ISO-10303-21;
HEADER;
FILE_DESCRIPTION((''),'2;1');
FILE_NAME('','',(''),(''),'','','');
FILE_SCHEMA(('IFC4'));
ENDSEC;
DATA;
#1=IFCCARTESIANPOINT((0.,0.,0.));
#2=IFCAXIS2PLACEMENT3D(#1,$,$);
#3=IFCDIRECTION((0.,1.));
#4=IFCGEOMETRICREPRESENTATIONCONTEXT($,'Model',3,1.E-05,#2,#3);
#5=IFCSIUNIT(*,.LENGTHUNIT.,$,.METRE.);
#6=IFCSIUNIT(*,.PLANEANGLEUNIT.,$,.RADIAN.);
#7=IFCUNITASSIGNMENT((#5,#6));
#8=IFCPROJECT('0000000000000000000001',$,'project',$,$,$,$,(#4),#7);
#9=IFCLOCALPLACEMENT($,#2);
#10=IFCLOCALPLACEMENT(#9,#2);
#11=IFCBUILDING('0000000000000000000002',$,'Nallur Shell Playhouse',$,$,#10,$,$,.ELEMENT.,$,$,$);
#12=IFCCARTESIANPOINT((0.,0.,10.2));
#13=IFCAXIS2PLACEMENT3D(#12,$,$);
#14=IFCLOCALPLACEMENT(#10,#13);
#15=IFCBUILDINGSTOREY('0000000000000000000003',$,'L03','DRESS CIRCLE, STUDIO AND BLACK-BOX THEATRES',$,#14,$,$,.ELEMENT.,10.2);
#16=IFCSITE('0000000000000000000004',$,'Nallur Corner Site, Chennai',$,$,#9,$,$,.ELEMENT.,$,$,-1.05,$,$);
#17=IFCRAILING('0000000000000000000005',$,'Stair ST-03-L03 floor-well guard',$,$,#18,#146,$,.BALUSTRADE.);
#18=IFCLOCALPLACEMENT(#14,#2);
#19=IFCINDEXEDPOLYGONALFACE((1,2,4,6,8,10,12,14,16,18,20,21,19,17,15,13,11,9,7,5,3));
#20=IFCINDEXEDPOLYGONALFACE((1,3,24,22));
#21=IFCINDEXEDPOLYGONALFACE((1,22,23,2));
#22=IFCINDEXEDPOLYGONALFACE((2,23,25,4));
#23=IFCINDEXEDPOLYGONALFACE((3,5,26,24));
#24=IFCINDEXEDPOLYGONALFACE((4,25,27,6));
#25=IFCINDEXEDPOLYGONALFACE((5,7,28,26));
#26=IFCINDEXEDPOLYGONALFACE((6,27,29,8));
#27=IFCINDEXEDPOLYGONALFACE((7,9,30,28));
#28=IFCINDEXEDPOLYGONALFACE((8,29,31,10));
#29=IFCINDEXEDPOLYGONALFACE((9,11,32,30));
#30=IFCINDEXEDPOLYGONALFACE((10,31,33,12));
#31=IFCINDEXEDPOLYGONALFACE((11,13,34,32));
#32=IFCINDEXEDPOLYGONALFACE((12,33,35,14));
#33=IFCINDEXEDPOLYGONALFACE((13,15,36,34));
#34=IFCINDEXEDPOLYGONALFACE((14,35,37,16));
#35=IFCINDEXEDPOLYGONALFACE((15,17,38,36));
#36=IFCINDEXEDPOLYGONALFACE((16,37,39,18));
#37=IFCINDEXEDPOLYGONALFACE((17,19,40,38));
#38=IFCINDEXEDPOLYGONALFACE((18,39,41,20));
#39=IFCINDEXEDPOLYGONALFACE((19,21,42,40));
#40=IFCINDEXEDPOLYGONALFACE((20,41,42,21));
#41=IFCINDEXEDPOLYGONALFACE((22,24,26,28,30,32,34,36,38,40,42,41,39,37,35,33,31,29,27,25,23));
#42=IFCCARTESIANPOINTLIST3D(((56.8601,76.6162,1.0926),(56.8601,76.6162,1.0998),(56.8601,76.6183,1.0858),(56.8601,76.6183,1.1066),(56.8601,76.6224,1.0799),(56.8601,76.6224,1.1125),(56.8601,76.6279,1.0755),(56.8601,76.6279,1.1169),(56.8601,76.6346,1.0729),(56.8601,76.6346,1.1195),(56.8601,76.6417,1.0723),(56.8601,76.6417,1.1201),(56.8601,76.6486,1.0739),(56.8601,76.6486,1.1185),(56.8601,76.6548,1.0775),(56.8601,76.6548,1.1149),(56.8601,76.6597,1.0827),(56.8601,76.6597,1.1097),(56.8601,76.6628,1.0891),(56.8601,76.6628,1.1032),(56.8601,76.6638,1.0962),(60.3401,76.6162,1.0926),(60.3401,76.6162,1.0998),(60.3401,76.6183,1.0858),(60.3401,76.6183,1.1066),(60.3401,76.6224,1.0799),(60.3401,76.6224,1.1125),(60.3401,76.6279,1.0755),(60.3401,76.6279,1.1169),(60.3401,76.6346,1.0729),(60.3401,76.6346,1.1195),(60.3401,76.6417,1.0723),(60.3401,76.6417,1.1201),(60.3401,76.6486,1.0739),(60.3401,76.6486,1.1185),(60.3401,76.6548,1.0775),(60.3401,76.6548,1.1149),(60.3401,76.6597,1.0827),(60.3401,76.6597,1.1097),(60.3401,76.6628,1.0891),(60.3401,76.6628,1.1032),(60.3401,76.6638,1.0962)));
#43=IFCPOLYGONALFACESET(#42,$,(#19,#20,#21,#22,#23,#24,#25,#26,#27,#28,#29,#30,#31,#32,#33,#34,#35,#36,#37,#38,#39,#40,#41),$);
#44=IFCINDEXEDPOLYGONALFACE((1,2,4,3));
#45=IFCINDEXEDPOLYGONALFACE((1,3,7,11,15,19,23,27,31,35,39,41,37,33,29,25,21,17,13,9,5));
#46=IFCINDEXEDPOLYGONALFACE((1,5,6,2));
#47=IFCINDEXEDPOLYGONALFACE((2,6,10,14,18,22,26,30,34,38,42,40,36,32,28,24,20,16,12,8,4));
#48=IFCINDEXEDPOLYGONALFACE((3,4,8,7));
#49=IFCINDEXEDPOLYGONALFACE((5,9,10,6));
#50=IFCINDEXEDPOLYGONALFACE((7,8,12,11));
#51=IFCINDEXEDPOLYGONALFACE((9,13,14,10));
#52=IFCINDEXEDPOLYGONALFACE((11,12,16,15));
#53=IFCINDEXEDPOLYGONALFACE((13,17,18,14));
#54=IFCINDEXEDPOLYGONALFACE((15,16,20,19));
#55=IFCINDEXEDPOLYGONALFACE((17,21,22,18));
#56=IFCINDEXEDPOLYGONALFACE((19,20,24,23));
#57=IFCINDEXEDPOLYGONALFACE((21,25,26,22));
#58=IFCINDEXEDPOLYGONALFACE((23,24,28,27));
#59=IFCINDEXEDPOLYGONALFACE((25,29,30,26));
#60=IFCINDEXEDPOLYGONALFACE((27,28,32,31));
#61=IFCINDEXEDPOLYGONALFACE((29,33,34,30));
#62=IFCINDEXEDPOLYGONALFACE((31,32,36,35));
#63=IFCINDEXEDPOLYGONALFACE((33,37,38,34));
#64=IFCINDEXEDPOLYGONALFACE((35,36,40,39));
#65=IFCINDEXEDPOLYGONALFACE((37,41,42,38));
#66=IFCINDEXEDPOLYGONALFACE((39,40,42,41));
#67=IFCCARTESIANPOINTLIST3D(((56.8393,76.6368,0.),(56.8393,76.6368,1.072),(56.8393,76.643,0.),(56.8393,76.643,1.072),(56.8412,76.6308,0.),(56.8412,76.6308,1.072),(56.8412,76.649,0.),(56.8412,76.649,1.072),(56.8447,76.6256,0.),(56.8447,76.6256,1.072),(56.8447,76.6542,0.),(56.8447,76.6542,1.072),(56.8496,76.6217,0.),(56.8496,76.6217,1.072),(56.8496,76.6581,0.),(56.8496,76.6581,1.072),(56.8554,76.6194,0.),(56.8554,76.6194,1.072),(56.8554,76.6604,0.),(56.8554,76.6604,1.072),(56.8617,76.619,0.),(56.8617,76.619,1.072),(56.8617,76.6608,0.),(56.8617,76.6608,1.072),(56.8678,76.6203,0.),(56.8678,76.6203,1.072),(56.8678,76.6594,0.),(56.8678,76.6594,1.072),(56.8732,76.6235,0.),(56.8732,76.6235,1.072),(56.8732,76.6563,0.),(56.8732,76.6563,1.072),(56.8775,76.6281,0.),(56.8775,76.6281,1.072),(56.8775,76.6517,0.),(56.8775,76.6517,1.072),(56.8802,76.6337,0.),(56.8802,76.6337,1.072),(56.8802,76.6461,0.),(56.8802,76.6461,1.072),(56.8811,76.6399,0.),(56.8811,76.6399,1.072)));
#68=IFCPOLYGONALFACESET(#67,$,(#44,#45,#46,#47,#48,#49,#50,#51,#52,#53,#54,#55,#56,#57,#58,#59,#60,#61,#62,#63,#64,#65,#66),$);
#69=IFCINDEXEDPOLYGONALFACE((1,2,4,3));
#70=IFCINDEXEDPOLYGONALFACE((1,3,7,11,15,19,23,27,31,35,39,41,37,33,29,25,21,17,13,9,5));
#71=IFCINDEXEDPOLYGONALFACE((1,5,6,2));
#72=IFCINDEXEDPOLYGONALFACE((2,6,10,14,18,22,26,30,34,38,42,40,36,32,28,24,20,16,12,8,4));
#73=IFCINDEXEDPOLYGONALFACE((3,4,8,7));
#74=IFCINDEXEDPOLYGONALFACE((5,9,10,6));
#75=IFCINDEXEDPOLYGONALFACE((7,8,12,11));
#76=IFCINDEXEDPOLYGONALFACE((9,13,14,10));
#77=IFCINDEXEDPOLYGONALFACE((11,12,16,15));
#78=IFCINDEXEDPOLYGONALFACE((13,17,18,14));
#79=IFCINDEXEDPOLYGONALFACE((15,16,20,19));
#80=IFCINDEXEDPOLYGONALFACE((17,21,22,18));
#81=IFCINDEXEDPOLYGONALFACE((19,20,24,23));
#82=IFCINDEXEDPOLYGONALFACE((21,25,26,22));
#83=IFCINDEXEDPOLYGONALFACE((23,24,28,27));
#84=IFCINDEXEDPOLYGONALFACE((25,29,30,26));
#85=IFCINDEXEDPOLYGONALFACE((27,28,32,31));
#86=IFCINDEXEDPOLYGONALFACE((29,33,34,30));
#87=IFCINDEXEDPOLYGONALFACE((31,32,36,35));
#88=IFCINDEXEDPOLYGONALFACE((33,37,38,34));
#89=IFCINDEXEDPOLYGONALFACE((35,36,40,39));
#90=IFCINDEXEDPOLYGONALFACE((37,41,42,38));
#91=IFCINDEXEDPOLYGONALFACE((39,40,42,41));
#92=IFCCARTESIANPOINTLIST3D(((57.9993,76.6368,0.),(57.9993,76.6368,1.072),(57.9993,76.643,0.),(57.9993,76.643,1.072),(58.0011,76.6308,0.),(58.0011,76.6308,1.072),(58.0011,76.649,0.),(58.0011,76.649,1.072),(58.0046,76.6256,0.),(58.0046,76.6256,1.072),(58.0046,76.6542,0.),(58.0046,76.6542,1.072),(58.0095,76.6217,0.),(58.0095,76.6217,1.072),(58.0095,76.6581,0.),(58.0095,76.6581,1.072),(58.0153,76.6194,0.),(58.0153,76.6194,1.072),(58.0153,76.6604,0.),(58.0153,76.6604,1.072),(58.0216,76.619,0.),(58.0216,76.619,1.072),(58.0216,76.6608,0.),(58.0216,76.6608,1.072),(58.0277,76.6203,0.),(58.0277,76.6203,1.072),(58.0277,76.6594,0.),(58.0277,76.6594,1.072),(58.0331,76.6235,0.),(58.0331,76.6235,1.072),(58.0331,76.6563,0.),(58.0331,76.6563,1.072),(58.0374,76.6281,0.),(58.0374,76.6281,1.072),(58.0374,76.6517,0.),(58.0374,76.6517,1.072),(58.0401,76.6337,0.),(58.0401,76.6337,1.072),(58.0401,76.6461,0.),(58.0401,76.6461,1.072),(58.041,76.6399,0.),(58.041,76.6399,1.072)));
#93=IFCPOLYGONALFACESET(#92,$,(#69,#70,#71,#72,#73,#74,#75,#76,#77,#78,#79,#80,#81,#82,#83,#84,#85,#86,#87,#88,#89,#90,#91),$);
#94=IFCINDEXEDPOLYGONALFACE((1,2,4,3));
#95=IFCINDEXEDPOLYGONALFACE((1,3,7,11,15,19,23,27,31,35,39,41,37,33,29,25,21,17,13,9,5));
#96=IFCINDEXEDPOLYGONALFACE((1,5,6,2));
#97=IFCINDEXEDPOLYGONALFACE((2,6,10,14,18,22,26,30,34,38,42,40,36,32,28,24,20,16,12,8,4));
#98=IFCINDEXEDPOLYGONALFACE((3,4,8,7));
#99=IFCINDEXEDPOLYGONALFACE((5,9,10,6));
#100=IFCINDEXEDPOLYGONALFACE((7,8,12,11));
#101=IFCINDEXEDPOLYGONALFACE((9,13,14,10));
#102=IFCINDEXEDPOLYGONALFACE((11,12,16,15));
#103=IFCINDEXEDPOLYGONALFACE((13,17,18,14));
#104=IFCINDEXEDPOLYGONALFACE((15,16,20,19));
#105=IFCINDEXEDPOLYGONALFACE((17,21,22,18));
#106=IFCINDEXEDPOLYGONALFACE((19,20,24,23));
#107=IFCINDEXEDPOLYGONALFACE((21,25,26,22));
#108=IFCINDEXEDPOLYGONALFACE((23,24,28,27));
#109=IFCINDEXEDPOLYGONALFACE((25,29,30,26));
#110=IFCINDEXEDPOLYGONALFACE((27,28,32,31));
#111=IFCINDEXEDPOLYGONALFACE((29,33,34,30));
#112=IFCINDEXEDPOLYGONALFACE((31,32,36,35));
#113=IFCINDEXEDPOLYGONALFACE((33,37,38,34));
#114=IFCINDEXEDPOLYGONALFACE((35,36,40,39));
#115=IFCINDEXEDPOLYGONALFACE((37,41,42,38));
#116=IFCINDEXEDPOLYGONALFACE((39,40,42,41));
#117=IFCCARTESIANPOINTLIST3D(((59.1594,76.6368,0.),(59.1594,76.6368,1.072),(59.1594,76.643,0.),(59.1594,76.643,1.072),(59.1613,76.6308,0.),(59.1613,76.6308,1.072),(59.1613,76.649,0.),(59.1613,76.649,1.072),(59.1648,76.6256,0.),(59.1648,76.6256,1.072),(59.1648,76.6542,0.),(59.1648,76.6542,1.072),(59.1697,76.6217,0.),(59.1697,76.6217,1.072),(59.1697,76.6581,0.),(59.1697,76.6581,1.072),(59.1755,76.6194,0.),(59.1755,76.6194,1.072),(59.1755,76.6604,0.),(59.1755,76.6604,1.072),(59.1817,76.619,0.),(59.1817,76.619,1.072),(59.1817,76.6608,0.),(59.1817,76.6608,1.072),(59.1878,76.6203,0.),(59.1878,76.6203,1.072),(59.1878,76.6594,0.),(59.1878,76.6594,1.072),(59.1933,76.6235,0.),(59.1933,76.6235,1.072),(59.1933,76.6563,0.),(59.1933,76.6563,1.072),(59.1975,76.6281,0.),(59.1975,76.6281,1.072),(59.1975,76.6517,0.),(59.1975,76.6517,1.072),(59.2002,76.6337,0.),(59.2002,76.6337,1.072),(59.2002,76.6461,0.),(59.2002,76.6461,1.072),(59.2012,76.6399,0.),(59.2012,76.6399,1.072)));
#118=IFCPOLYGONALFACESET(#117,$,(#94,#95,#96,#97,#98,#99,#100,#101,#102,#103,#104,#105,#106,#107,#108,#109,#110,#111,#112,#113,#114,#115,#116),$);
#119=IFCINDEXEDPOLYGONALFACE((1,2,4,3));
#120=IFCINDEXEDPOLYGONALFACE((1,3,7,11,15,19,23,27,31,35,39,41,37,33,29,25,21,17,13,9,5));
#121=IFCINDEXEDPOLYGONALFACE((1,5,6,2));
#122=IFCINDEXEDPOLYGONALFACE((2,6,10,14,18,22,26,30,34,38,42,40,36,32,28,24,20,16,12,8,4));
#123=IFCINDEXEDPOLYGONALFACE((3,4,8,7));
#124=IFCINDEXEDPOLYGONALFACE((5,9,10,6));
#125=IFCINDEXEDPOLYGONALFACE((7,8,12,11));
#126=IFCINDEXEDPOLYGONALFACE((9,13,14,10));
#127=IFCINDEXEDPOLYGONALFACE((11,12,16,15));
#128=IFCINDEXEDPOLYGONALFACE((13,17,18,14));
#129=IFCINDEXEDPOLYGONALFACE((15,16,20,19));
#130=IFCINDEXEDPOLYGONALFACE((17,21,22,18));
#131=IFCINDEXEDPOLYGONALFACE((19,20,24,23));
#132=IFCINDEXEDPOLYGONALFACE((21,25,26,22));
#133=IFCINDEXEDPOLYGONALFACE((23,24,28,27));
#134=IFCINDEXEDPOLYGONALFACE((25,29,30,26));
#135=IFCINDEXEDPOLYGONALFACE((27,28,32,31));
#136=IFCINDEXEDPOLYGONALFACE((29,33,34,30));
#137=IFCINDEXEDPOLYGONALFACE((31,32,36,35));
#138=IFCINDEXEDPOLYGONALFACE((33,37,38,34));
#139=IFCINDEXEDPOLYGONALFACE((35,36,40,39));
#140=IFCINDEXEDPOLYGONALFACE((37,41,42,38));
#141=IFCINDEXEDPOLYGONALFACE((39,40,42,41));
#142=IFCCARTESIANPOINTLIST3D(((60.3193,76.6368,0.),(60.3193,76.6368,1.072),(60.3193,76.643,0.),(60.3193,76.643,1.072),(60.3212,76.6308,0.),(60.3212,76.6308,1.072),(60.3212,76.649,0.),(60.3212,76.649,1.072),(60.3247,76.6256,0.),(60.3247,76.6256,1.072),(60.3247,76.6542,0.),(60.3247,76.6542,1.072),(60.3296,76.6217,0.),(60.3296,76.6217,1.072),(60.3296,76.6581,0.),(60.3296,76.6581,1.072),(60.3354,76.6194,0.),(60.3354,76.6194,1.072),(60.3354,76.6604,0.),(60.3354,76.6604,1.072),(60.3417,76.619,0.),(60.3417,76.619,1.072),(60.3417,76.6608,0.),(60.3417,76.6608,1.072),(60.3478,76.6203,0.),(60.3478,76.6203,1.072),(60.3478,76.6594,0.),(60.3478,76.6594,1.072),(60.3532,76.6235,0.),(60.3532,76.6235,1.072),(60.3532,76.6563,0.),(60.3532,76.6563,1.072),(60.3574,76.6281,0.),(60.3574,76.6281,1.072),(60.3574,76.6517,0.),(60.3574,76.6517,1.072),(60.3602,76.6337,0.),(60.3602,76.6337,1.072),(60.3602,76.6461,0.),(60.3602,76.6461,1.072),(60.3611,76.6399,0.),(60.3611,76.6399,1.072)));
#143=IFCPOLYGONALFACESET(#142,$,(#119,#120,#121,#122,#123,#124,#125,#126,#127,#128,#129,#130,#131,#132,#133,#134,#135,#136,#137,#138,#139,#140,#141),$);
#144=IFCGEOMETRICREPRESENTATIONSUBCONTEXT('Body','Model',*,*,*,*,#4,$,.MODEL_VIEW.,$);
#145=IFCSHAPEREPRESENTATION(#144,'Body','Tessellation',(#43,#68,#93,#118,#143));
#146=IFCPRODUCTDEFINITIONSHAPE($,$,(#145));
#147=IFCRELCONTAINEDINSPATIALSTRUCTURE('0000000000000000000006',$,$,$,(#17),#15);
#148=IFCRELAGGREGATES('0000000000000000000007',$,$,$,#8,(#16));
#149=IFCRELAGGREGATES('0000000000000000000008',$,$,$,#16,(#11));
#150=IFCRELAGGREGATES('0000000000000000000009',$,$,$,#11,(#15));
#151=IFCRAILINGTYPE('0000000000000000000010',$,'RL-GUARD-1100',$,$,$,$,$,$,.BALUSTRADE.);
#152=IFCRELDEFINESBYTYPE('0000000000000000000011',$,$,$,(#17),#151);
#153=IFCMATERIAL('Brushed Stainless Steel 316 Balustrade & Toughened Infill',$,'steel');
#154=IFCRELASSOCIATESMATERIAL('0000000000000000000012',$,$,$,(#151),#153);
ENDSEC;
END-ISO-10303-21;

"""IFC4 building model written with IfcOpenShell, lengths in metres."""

from ifc_helpers import new_model, si_unit, direction, frame, origin, origin_2d, place, context, subcontext, project, spatial, circle, extrude, material, type_object, element, save


model = new_model("IFC4")

# Units and contexts
model_context = context("Model", 3, precision=1e-05, world=origin(), true_north=direction((0.0, 1.0)))
body_context = subcontext(model_context, "Body", "Model", "MODEL_VIEW")
ifc_project = project(units=[si_unit("LENGTHUNIT", "METRE"), si_unit("PLANEANGLEUNIT", "RADIAN")], contexts=[model_context])

# Site, building, storey
site_placement = place(None, origin())
site = spatial("IfcSite", under=ifc_project, at=site_placement, Name="Nallur Corner Site, Chennai", CompositionType="ELEMENT", RefElevation=-1.05)
building_placement = place(site_placement, origin())
building = spatial("IfcBuilding", under=site, at=building_placement, Name="Nallur Shell Playhouse", CompositionType="ELEMENT")
storey_placement = place(building_placement, frame((0.0, 0.0, 10.2)))
storey = spatial("IfcBuildingStorey", under=building, at=storey_placement, Name="L03", Description="DRESS CIRCLE, STUDIO AND BLACK-BOX THEATRES", CompositionType="ELEMENT", Elevation=10.2)

# Railing
ifc_material_1 = material(Name="Brushed Stainless Steel 316 Balustrade & Toughened Infill", Category="steel")
railing_type = type_object("IfcRailingType", Name="RL-GUARD-1100", PredefinedType="BALUSTRADE", material=ifc_material_1)
railing_1_placement = place(storey_placement, frame((56.8601, 76.6399, 0.0)))
element("IfcRailing", 1, at=railing_1_placement, inside=storey, type_object=railing_type, Name="Stair ST-03-L03 floor-well guard", PredefinedType="BALUSTRADE", context=body_context, shape_type="SweptSolid", body=[
    extrude(circle(Radius=0.0239, at=origin_2d()), frame((0.0, 0.0, 1.0962), z_axis=(1.0, 0.0, 0.0), x_axis=(0.0, 1.0, 0.0)), (0.0, 0.0, 1.0), 3.48),
    extrude(circle(Radius=0.021, at=origin_2d()), origin(), (0.0, 0.0, 1.0), 1.072),
    extrude(circle(Radius=0.021, at=origin_2d()), frame((1.1599, 0.0, 0.0)), (0.0, 0.0, 1.0), 1.072),
    extrude(circle(Radius=0.021, at=origin_2d()), frame((2.3201, 0.0, 0.0)), (0.0, 0.0, 1.0), 1.072),
    extrude(circle(Radius=0.021, at=origin_2d()), frame((3.48, 0.0, 0.0)), (0.0, 0.0, 1.0), 1.072),
])

save(model, "model.ifc")
